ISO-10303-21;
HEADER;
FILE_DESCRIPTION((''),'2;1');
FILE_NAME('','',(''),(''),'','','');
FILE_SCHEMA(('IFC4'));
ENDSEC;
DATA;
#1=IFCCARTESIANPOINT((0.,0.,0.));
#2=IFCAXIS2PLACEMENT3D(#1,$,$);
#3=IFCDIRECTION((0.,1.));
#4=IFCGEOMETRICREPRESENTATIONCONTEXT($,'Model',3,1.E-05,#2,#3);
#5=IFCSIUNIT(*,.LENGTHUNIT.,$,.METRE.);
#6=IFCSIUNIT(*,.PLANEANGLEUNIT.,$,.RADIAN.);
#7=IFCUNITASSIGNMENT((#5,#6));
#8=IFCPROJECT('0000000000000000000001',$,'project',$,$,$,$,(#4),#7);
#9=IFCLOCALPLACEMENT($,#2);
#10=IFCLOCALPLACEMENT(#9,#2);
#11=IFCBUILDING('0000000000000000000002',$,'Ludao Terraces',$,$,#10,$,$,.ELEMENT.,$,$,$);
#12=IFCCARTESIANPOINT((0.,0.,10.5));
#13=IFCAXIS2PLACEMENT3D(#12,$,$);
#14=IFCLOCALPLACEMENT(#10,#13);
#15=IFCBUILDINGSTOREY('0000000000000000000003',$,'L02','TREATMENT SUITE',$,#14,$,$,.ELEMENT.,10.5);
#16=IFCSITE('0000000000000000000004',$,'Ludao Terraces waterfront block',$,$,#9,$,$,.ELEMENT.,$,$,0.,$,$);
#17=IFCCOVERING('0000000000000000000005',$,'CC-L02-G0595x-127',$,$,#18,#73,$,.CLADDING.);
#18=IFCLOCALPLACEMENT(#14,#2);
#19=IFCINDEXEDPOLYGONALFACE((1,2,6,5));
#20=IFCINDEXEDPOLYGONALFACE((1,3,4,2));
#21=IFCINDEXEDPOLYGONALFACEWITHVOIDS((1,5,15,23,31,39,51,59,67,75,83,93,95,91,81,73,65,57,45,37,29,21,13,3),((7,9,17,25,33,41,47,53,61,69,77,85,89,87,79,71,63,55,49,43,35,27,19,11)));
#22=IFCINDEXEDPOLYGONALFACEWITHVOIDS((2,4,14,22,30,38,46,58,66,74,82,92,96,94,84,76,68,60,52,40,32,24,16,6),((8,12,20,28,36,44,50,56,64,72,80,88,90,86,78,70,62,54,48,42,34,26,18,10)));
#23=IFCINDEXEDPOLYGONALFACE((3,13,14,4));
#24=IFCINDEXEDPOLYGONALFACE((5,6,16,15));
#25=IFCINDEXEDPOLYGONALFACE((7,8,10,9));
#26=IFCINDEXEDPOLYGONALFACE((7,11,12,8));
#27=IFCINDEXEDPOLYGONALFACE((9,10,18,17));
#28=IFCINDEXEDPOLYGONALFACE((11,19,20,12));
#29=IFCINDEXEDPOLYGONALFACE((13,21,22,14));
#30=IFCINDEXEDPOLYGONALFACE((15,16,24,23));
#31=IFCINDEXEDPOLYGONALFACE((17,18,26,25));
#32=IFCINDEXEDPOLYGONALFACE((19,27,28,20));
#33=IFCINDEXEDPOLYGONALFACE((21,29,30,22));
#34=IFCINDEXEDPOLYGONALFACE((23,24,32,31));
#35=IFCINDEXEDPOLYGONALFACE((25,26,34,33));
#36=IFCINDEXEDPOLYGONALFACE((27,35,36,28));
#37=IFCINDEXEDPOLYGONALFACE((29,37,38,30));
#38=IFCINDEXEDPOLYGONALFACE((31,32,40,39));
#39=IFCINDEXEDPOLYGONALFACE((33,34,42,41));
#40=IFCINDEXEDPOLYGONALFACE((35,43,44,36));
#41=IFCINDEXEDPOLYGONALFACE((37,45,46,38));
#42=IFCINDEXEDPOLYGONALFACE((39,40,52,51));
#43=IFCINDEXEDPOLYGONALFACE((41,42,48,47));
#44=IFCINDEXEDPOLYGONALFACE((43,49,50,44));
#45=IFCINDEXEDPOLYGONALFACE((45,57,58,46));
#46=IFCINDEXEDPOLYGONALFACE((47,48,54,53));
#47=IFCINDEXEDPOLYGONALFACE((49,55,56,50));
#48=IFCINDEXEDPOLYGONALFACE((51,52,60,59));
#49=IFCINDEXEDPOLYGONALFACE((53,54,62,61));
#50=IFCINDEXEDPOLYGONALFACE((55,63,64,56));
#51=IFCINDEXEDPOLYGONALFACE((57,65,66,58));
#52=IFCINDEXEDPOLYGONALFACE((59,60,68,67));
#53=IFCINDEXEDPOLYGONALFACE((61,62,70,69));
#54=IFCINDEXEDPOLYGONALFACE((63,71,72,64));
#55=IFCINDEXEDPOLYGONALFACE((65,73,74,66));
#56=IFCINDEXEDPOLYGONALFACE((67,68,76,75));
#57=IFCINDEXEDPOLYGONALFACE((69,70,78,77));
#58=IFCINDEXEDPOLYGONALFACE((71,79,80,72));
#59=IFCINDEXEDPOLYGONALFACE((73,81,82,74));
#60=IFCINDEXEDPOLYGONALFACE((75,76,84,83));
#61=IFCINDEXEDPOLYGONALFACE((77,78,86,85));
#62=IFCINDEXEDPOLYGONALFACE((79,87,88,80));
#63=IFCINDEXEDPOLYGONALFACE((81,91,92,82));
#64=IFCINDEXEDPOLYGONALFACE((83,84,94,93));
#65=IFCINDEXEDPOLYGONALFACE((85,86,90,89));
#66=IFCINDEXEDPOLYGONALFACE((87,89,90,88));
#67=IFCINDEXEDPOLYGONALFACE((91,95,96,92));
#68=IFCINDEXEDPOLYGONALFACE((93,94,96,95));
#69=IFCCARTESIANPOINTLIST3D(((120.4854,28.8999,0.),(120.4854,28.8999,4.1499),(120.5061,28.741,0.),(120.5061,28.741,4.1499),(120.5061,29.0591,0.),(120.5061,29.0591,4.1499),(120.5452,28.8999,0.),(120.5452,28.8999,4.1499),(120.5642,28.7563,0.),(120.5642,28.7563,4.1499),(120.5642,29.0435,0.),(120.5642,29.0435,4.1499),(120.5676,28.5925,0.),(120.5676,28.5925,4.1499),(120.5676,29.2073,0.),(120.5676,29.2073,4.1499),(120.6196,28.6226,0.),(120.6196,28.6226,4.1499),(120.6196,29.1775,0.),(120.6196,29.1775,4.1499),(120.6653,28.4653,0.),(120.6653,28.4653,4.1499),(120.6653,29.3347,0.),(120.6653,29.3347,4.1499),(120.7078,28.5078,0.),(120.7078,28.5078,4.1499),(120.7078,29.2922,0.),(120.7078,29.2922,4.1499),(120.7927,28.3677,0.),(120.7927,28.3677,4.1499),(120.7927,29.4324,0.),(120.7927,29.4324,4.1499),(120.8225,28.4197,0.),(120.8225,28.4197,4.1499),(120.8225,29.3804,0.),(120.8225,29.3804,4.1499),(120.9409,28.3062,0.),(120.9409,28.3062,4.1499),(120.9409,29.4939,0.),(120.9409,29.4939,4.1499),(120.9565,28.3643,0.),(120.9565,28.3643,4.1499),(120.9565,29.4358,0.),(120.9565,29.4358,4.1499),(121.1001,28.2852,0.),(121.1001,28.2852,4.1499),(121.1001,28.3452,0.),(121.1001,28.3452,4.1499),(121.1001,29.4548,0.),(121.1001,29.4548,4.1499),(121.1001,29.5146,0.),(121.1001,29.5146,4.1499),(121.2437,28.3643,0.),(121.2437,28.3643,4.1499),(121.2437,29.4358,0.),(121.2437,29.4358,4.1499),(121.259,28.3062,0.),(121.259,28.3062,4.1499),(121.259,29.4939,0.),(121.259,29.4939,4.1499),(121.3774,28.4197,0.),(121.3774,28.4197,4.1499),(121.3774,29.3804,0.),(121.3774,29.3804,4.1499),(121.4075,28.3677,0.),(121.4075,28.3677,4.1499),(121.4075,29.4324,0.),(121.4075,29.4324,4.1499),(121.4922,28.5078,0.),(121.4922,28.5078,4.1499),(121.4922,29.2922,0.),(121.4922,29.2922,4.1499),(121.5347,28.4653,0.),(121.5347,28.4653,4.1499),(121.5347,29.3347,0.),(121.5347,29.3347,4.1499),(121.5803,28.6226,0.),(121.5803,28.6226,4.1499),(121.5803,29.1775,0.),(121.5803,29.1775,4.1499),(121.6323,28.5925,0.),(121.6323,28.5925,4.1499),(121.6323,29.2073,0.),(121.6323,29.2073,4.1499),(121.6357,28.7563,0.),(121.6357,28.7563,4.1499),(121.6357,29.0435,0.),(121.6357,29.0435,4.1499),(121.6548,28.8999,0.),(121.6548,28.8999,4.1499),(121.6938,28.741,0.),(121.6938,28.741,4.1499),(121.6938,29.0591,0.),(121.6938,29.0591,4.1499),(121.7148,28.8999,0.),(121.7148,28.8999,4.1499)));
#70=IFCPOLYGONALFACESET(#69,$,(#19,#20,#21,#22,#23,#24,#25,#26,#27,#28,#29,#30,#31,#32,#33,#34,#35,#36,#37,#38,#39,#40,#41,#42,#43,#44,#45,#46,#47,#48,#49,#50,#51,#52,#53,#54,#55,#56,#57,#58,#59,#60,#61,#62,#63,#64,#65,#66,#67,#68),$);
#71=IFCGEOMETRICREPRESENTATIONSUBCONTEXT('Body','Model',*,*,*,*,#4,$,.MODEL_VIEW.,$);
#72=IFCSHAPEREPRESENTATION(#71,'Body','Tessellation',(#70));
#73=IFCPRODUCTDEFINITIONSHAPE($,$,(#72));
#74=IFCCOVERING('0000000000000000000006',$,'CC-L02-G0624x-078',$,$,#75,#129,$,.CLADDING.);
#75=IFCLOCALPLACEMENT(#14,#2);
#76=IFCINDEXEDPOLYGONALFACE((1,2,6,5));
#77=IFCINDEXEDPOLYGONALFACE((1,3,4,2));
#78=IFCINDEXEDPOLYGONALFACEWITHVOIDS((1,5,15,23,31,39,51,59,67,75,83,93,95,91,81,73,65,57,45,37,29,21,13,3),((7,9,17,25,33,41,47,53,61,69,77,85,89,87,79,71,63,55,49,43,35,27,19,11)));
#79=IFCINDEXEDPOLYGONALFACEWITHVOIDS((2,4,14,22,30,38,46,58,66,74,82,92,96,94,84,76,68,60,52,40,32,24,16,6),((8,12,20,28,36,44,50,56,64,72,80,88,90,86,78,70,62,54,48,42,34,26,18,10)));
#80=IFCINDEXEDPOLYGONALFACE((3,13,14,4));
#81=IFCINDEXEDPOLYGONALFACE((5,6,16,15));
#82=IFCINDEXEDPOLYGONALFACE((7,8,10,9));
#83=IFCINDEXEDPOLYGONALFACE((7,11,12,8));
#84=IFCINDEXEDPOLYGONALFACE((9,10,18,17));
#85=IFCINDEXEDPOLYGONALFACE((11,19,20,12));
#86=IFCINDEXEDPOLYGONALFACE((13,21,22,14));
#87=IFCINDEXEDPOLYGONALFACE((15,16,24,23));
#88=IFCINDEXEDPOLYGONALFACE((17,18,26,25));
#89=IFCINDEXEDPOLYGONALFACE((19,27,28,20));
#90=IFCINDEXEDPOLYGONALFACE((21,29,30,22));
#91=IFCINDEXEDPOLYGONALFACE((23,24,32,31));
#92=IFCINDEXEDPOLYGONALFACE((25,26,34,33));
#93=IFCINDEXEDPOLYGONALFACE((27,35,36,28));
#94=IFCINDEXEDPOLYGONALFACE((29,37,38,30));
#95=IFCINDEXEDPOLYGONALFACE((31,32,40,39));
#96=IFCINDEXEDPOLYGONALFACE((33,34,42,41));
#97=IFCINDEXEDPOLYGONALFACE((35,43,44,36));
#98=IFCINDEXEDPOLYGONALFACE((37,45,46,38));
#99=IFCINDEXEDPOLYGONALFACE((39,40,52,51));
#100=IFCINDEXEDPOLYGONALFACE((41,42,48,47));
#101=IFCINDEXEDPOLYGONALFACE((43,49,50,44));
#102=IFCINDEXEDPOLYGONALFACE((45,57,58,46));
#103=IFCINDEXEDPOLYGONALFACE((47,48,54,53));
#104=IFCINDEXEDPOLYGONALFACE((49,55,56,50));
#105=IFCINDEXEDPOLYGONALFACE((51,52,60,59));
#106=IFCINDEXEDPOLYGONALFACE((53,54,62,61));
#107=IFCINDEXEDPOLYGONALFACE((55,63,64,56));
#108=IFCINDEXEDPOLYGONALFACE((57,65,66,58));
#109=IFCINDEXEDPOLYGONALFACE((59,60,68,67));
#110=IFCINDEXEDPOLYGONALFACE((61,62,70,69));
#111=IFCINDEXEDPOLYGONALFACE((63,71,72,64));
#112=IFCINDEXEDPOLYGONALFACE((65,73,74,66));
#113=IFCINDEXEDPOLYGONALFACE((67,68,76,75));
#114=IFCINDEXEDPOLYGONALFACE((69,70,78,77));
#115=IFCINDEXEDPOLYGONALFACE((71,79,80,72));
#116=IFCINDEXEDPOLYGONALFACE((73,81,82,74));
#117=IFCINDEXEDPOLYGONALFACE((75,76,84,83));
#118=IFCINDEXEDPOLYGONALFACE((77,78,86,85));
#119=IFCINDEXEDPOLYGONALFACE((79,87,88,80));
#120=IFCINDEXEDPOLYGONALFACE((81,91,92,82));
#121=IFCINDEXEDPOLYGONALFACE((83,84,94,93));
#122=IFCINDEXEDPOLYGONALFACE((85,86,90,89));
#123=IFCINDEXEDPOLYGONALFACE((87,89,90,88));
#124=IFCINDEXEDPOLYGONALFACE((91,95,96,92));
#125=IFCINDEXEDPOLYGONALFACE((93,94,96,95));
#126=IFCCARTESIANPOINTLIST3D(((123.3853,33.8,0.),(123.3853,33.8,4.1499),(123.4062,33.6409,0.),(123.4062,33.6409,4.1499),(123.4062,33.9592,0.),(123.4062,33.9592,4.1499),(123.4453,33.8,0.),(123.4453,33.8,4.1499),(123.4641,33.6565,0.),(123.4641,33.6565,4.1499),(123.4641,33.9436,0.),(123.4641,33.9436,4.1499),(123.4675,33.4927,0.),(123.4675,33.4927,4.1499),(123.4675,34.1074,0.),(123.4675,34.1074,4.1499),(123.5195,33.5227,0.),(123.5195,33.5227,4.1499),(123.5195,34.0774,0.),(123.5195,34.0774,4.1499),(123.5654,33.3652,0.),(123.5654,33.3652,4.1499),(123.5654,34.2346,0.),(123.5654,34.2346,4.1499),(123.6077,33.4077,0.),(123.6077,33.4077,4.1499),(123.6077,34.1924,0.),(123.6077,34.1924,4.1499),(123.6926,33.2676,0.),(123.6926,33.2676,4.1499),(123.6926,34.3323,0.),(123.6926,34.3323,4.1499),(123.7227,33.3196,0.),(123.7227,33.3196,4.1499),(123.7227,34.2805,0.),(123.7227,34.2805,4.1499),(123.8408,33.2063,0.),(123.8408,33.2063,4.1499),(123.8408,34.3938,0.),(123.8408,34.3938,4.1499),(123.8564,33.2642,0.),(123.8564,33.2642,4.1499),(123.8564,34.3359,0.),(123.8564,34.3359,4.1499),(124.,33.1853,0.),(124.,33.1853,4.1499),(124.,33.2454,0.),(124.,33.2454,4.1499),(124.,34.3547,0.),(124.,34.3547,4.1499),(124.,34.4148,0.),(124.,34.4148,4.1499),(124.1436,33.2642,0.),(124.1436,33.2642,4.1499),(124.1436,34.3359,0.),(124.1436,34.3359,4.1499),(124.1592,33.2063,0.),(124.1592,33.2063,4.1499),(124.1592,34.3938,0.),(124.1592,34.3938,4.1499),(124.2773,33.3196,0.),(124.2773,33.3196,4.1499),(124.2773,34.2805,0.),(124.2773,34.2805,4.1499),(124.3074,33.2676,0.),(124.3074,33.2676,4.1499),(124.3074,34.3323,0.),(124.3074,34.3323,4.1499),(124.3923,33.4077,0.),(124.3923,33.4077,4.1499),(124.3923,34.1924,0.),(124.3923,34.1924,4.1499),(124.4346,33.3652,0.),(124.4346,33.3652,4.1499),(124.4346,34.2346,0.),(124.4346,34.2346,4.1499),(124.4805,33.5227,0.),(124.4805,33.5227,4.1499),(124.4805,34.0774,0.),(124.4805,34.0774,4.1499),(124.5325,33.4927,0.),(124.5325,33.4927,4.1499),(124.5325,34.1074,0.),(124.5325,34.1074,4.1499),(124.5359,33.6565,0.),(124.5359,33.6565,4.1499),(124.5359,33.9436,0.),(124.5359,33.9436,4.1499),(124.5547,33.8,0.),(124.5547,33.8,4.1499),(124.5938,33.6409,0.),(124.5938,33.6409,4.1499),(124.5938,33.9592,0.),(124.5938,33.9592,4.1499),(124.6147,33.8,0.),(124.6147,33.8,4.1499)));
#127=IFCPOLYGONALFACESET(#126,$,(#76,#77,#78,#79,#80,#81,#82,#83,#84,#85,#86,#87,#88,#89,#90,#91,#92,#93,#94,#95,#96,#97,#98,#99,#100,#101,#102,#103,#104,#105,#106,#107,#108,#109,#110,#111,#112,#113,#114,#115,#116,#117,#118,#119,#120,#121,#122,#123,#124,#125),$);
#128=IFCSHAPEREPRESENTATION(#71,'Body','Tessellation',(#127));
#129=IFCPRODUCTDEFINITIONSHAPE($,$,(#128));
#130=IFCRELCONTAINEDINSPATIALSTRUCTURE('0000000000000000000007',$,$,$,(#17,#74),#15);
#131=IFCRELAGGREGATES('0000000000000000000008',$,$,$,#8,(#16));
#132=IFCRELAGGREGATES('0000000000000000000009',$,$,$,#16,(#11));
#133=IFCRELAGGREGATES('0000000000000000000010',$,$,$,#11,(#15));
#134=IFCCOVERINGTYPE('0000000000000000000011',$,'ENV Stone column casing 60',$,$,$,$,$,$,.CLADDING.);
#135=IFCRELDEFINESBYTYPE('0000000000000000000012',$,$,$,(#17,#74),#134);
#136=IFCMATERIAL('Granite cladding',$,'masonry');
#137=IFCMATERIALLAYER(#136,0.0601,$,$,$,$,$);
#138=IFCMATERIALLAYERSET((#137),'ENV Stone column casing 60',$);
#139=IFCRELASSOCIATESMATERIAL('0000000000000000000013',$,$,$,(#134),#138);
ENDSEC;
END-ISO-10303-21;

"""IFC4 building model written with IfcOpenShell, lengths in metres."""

from ifc_helpers import new_model, si_unit, direction, frame, origin, place, context, subcontext, project, spatial, polyline, outline, extrude, material, layer, layer_set, type_object, element, save


model = new_model("IFC4")

# Units and contexts
model_context = context("Model", 3, precision=1e-05, world=origin(), true_north=direction((0.0, 1.0)))
body_context = subcontext(model_context, "Body", "Model", "MODEL_VIEW")
ifc_project = project(units=[si_unit("LENGTHUNIT", "METRE"), si_unit("PLANEANGLEUNIT", "RADIAN")], contexts=[model_context])

# Site, building, storey
site_placement = place(None, origin())
site = spatial("IfcSite", under=ifc_project, at=site_placement, Name="Ludao Terraces waterfront block", CompositionType="ELEMENT", RefElevation=0.0)
building_placement = place(site_placement, origin())
building = spatial("IfcBuilding", under=site, at=building_placement, Name="Ludao Terraces", CompositionType="ELEMENT")
storey_placement = place(building_placement, frame((0.0, 0.0, 10.5)))
storey = spatial("IfcBuildingStorey", under=building, at=storey_placement, Name="L02", Description="TREATMENT SUITE", CompositionType="ELEMENT", Elevation=10.5)

# Coverings
ifc_material_1 = material(Name="Granite cladding", Category="masonry")
ifc_layer_1 = layer(ifc_material_1, 0.0601)
ifc_layer_set_1 = layer_set([ifc_layer_1], Name="ENV Stone column casing 60")
covering_type = type_object("IfcCoveringType", Name="ENV Stone column casing 60", PredefinedType="CLADDING", material=ifc_layer_set_1)
covering_1_placement = place(storey_placement, origin())
element("IfcCovering", 1, at=covering_1_placement, inside=storey, type_object=covering_type, Name="CC-L02-G0595x-127", PredefinedType="CLADDING", context=body_context, shape_type="SweptSolid", body=[
    extrude(outline(polyline([(121.7148, 28.8999), (121.6938, 29.0591), (121.6323, 29.2073), (121.5347, 29.3347), (121.4075, 29.4324), (121.259, 29.4939), (121.1001, 29.5146), (120.9409, 29.4939), (120.7927, 29.4324), (120.6653, 29.3347), (120.5676, 29.2073), (120.5061, 29.0591), (120.4854, 28.8999), (120.5061, 28.741), (120.5676, 28.5925), (120.6653, 28.4653), (120.7927, 28.3677), (120.9409, 28.3062), (121.1001, 28.2852), (121.259, 28.3062), (121.4075, 28.3677), (121.5347, 28.4653), (121.6323, 28.5925), (121.6938, 28.741), (121.7148, 28.8999)]), holes=[polyline([(121.6357, 28.7563), (121.5803, 28.6226), (121.4922, 28.5078), (121.3774, 28.4197), (121.2437, 28.3643), (121.1001, 28.3452), (120.9565, 28.3643), (120.8225, 28.4197), (120.7078, 28.5078), (120.6196, 28.6226), (120.5642, 28.7563), (120.5452, 28.8999), (120.5642, 29.0435), (120.6196, 29.1775), (120.7078, 29.2922), (120.8225, 29.3804), (120.9565, 29.4358), (121.1001, 29.4548), (121.2437, 29.4358), (121.3774, 29.3804), (121.4922, 29.2922), (121.5803, 29.1775), (121.6357, 29.0435), (121.6548, 28.8999), (121.6357, 28.7563)])]), origin(), (0.0, 0.0, 1.0), 4.1499),
])
covering_2_placement = place(storey_placement, origin())
element("IfcCovering", 2, at=covering_2_placement, inside=storey, type_object=covering_type, Name="CC-L02-G0624x-078", PredefinedType="CLADDING", context=body_context, shape_type="SweptSolid", body=[
    extrude(outline(polyline([(124.6147, 33.8), (124.5938, 33.9592), (124.5325, 34.1074), (124.4346, 34.2346), (124.3074, 34.3323), (124.1592, 34.3938), (124.0, 34.4148), (123.8408, 34.3938), (123.6926, 34.3323), (123.5654, 34.2346), (123.4675, 34.1074), (123.4062, 33.9592), (123.3853, 33.8), (123.4062, 33.6409), (123.4675, 33.4927), (123.5654, 33.3652), (123.6926, 33.2676), (123.8408, 33.2063), (124.0, 33.1853), (124.1592, 33.2063), (124.3074, 33.2676), (124.4346, 33.3652), (124.5325, 33.4927), (124.5938, 33.6409), (124.6147, 33.8)]), holes=[polyline([(124.5359, 33.6565), (124.4805, 33.5227), (124.3923, 33.4077), (124.2773, 33.3196), (124.1436, 33.2642), (124.0, 33.2454), (123.8564, 33.2642), (123.7227, 33.3196), (123.6077, 33.4077), (123.5195, 33.5227), (123.4641, 33.6565), (123.4453, 33.8), (123.4641, 33.9436), (123.5195, 34.0774), (123.6077, 34.1924), (123.7227, 34.2805), (123.8564, 34.3359), (124.0, 34.3547), (124.1436, 34.3359), (124.2773, 34.2805), (124.3923, 34.1924), (124.4805, 34.0774), (124.5359, 33.9436), (124.5547, 33.8), (124.5359, 33.6565)])]), origin(), (0.0, 0.0, 1.0), 4.1499),
])

save(model, "model.ifc")
